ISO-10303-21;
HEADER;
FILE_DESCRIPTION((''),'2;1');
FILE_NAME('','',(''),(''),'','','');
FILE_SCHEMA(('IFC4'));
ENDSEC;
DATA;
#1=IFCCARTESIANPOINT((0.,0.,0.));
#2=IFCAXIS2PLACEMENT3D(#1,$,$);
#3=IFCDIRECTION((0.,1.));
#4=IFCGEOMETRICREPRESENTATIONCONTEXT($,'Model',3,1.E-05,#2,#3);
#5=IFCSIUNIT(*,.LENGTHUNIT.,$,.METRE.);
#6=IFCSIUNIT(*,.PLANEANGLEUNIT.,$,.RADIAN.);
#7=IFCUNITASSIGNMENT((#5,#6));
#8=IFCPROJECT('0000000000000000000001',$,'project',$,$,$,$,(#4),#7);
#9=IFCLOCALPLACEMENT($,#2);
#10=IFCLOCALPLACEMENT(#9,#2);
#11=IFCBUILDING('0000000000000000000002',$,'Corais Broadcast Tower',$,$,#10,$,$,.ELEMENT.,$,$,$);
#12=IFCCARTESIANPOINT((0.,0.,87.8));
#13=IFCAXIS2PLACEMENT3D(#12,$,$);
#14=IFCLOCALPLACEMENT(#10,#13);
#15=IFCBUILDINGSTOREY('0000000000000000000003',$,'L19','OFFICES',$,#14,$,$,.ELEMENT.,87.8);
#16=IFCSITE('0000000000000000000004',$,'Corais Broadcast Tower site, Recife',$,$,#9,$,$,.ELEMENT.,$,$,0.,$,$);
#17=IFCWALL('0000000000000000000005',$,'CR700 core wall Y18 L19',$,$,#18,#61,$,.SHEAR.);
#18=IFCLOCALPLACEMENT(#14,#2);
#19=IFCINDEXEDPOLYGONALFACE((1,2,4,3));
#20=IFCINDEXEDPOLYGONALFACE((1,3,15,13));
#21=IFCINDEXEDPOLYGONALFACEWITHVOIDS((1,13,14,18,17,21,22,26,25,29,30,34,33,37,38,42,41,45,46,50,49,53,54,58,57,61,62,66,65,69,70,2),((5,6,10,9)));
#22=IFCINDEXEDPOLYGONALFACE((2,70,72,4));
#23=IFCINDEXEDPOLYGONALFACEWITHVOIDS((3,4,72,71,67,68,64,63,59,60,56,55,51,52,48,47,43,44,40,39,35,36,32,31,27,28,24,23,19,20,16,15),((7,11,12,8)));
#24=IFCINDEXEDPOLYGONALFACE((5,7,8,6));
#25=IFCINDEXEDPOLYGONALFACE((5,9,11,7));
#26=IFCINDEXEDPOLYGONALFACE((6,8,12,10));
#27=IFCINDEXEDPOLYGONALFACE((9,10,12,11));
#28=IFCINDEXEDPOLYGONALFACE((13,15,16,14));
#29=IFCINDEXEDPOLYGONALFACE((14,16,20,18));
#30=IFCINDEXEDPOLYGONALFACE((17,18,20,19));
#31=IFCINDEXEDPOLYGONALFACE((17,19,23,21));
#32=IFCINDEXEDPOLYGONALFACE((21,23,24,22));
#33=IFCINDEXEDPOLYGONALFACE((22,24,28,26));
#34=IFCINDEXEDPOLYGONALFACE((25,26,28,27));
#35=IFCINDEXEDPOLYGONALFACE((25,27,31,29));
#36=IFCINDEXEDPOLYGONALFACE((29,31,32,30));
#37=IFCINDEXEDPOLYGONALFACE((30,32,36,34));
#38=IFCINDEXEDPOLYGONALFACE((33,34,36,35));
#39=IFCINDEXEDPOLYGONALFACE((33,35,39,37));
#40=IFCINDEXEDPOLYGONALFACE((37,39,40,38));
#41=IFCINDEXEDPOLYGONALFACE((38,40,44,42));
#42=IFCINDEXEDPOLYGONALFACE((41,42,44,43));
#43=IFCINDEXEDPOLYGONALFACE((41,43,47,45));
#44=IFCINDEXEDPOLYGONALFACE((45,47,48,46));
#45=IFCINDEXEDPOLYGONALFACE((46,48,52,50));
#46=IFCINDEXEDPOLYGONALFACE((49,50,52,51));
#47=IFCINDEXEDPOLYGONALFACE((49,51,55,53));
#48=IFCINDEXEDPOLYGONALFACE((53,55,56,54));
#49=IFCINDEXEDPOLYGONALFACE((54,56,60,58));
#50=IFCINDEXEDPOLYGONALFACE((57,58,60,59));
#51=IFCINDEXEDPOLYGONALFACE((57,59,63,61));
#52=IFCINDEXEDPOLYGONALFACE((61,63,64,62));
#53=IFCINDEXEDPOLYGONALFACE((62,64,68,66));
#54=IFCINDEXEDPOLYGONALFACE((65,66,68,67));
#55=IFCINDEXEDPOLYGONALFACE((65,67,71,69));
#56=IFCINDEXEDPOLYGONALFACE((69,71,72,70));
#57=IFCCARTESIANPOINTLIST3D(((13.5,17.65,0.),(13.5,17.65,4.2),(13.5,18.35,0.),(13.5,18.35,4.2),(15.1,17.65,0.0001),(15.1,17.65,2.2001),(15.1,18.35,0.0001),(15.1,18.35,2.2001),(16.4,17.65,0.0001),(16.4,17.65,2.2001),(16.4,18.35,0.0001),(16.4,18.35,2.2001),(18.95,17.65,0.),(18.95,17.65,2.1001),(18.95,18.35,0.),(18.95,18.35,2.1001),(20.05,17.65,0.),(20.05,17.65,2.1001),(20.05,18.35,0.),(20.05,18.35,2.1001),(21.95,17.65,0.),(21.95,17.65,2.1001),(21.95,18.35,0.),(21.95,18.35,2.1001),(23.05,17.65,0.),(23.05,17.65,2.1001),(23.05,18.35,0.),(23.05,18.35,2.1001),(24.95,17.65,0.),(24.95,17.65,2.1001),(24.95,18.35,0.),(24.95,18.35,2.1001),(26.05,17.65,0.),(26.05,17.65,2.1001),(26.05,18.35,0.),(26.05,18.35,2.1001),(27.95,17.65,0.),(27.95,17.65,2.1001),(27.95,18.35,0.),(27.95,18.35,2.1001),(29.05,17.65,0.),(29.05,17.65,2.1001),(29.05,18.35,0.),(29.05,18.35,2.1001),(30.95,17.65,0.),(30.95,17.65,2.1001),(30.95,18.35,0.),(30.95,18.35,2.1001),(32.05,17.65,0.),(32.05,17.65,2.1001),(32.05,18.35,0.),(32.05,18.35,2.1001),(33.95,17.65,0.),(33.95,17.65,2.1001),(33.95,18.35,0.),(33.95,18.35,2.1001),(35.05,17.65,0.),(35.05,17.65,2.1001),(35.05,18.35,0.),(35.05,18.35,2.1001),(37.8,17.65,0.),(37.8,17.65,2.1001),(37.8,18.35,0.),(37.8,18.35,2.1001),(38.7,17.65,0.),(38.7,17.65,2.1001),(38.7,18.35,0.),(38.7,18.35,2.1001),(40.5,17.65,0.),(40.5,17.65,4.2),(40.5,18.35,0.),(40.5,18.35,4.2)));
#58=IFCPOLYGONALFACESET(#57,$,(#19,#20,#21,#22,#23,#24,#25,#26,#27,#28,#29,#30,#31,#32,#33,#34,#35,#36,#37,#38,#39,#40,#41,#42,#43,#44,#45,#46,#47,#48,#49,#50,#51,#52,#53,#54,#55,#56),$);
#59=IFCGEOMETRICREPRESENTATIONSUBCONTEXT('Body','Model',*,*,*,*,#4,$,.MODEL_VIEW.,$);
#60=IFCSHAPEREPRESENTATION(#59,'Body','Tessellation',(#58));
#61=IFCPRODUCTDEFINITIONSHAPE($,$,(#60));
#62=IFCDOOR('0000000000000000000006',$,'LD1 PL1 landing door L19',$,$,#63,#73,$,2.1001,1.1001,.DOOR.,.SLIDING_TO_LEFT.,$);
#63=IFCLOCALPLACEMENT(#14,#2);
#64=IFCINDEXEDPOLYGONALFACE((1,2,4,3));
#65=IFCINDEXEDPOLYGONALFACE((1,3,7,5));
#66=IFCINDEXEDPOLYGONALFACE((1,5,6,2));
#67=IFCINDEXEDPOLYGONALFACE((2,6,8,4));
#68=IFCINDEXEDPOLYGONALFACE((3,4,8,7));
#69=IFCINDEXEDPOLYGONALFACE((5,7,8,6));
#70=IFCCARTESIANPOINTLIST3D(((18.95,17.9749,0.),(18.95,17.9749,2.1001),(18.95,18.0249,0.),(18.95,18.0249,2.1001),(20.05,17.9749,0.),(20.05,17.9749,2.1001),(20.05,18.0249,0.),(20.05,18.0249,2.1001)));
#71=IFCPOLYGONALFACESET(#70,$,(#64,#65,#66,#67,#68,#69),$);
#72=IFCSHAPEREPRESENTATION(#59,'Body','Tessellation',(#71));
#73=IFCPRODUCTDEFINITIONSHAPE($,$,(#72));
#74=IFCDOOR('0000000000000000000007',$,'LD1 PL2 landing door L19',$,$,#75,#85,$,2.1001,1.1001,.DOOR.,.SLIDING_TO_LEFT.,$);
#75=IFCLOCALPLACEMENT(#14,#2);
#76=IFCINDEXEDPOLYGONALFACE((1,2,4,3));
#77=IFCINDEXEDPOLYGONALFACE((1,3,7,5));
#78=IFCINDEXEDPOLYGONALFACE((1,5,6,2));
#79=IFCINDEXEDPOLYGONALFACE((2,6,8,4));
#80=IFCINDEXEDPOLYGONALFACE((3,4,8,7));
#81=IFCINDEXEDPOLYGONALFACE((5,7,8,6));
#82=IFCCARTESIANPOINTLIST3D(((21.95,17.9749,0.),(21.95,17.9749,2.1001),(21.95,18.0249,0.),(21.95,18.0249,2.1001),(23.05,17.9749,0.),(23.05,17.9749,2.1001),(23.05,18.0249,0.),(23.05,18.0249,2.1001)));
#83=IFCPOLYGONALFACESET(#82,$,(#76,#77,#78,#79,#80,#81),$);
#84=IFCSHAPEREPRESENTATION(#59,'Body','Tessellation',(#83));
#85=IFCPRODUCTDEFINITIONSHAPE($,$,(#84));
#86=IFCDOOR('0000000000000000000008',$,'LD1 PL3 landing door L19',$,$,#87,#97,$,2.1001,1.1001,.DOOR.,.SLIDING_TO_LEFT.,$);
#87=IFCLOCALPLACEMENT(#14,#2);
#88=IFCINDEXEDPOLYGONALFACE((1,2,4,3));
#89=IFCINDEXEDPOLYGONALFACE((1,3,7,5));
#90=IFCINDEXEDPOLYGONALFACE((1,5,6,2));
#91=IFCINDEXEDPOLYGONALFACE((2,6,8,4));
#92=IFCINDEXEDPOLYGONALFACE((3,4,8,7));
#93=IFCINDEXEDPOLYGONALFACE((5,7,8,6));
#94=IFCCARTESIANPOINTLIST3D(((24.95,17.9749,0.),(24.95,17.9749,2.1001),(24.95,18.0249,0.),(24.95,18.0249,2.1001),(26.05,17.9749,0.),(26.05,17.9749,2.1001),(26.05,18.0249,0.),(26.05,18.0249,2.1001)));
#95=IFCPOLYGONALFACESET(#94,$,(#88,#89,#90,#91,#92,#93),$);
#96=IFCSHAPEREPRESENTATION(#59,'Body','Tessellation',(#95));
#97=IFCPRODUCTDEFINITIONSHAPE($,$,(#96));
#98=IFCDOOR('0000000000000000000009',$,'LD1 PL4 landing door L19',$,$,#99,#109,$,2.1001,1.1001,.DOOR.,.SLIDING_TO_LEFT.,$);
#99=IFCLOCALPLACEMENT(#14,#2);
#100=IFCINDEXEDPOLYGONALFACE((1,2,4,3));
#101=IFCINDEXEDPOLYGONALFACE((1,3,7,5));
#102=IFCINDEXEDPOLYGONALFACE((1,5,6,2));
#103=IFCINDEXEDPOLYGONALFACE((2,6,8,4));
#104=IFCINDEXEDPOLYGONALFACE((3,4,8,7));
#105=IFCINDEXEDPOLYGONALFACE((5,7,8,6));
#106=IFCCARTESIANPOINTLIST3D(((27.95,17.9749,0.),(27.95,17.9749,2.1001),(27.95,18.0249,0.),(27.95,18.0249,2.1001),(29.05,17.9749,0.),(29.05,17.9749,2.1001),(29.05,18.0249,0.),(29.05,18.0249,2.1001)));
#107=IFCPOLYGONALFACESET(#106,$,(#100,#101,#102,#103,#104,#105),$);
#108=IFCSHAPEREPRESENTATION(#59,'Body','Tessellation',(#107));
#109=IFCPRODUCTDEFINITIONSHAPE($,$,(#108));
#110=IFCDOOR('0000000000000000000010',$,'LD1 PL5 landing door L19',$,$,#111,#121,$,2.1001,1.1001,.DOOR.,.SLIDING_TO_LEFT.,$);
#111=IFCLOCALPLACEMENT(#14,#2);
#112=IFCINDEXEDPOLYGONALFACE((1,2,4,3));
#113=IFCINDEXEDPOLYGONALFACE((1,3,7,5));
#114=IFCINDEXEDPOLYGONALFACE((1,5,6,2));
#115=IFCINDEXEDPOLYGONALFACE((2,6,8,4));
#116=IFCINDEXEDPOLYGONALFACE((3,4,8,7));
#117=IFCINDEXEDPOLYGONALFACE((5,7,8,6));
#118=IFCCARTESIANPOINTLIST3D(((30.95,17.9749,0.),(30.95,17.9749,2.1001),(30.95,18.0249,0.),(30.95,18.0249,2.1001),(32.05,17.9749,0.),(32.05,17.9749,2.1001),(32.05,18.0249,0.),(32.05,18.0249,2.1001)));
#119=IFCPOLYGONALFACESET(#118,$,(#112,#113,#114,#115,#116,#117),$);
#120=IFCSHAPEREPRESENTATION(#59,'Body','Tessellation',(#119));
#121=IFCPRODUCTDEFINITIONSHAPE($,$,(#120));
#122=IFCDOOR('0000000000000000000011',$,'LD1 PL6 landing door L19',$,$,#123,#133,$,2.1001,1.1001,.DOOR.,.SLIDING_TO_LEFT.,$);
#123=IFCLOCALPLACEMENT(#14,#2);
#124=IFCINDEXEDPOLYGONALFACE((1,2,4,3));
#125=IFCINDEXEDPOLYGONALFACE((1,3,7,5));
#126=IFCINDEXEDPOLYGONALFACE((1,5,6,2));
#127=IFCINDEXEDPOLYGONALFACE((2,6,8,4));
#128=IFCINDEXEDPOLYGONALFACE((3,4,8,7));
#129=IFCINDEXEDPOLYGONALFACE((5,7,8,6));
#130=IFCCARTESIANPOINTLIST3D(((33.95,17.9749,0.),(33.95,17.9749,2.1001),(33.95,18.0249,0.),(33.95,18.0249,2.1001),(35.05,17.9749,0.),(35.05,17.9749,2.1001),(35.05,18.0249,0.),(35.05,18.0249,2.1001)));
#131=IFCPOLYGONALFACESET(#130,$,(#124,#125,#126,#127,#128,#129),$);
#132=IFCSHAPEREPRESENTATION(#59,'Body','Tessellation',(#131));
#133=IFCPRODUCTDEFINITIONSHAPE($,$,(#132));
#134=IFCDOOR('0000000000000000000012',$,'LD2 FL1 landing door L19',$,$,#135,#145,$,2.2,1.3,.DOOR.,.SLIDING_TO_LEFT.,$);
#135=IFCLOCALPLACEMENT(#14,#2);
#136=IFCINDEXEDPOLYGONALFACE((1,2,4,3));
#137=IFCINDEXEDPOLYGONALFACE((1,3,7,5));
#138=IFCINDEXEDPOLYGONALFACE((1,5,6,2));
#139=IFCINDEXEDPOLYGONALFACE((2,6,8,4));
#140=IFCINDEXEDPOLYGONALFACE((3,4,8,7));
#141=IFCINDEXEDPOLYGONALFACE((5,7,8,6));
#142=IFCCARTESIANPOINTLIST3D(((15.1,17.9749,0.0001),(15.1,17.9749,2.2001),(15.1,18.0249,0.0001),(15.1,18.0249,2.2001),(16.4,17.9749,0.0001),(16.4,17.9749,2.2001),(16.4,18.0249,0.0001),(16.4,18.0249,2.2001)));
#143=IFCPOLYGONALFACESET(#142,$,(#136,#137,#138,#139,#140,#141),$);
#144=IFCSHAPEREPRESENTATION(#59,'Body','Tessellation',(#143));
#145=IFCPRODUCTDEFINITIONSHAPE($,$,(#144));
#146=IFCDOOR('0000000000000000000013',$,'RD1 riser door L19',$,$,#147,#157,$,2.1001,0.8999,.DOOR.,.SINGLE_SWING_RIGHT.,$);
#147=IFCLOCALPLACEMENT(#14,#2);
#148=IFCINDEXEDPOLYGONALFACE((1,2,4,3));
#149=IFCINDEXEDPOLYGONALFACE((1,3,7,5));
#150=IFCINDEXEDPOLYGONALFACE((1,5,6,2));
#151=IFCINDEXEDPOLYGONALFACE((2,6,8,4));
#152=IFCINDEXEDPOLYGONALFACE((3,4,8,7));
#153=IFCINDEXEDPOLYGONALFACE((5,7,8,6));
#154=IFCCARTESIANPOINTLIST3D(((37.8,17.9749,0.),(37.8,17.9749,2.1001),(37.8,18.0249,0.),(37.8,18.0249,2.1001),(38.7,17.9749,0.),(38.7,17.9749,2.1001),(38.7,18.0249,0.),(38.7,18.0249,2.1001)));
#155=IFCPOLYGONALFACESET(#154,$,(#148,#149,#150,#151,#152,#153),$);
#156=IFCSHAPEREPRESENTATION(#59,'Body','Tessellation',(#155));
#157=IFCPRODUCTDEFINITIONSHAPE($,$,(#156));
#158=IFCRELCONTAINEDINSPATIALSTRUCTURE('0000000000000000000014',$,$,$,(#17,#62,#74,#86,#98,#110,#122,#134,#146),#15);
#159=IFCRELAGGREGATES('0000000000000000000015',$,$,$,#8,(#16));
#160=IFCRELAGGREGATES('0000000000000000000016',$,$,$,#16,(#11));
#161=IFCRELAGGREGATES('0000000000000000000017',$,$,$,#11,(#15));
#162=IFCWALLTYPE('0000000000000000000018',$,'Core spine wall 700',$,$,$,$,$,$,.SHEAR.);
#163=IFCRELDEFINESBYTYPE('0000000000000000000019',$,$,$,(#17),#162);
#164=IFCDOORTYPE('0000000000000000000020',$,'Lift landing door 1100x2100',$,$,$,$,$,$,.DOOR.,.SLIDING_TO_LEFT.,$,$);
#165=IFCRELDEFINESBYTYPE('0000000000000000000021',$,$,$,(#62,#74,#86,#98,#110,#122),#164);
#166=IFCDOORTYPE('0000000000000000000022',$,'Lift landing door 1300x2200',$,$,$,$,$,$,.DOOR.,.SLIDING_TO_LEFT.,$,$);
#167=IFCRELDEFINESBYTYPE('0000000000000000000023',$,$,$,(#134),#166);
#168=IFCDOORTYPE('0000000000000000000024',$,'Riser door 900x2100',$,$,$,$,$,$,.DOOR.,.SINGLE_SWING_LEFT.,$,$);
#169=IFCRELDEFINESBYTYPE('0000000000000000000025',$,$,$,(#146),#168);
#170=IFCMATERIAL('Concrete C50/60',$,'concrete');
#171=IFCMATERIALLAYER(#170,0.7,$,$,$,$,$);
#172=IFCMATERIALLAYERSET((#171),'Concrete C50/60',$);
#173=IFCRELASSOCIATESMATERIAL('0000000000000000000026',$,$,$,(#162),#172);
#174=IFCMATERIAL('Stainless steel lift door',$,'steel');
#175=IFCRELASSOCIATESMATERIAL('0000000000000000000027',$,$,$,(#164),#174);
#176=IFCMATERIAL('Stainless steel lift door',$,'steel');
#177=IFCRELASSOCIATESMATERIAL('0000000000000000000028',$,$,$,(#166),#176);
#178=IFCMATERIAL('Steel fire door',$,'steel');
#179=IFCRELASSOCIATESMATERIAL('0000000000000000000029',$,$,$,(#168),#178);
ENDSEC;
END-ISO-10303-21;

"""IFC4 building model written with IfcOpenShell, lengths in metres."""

from ifc_helpers import new_model, si_unit, direction, frame, frame_2d, origin, place, context, subcontext, project, spatial, rectangle, extrude, material, layer, layer_set, type_object, element, fill, save


model = new_model("IFC4")

# Units and contexts
model_context = context("Model", 3, precision=1e-05, world=origin(), true_north=direction((0.0, 1.0)))
body_context = subcontext(model_context, "Body", "Model", "MODEL_VIEW")
ifc_project = project(units=[si_unit("LENGTHUNIT", "METRE"), si_unit("PLANEANGLEUNIT", "RADIAN")], contexts=[model_context])

# Site, building, storey
site_placement = place(None, origin())
site = spatial("IfcSite", under=ifc_project, at=site_placement, Name="Corais Broadcast Tower site, Recife", CompositionType="ELEMENT", RefElevation=0.0)
building_placement = place(site_placement, origin())
building = spatial("IfcBuilding", under=site, at=building_placement, Name="Corais Broadcast Tower", CompositionType="ELEMENT")
storey_placement = place(building_placement, frame((0.0, 0.0, 87.8)))
storey = spatial("IfcBuildingStorey", under=building, at=storey_placement, Name="L19", Description="OFFICES", CompositionType="ELEMENT", Elevation=87.8)

# Shared definitions
ifc_material_1 = material(Name="Concrete C50/60", Category="concrete")
ifc_layer_1 = layer(ifc_material_1, 0.7)
ifc_layer_set_1 = layer_set([ifc_layer_1], Name="Concrete C50/60")
wall_type_1 = type_object("IfcWallType", Name="Core spine wall 700", PredefinedType="SHEAR", material=ifc_layer_set_1)

# Wall, openings, doors
wall_1_placement = place(storey_placement, frame((13.5, 18.0, 0.0), z_axis=(0.0, 0.0, 1.0), x_axis=(1.0, 0.0, 0.0)))
wall_1 = element("IfcWall", 1, at=wall_1_placement, inside=storey, type_object=wall_type_1, Name="CR700 core wall Y18 L19", PredefinedType="SHEAR", context=body_context, shape_type="SweptSolid", body=[
    extrude(rectangle(XDim=27.0, YDim=0.7, at=frame_2d((13.5, 0.0))), origin(), (0.0, 0.0, 1.0), 4.2),
])
opening_1_placement = place(wall_1_placement, frame((24.3, 0.0, 0.0)))
opening_1 = element("IfcOpeningElement", 2, at=opening_1_placement, cuts=wall_1, PredefinedType="OPENING", context=body_context, shape_type="SweptSolid", body=[
    extrude(rectangle(XDim=0.8999, YDim=2.1001, at=frame_2d((0.45, 1.05))), frame((0.0, 0.3599, 0.0), z_axis=(0.0, -1.0, 0.0), x_axis=(1.0, 0.0, 0.0)), (0.0, 0.0, 1.0), 0.72),
])
opening_2_placement = place(wall_1_placement, frame((5.45, 0.0, 0.0)))
opening_2 = element("IfcOpeningElement", 3, at=opening_2_placement, cuts=wall_1, PredefinedType="OPENING", context=body_context, shape_type="SweptSolid", body=[
    extrude(rectangle(XDim=1.1001, YDim=2.1001, at=frame_2d((0.55, 1.05))), frame((0.0, 0.3599, 0.0), z_axis=(0.0, -1.0, 0.0), x_axis=(1.0, 0.0, 0.0)), (0.0, 0.0, 1.0), 0.72),
])
opening_3_placement = place(wall_1_placement, frame((8.45, 0.0, 0.0)))
opening_3 = element("IfcOpeningElement", 4, at=opening_3_placement, cuts=wall_1, PredefinedType="OPENING", context=body_context, shape_type="SweptSolid", body=[
    extrude(rectangle(XDim=1.1001, YDim=2.1001, at=frame_2d((0.55, 1.05))), frame((0.0, 0.3599, 0.0), z_axis=(0.0, -1.0, 0.0), x_axis=(1.0, 0.0, 0.0)), (0.0, 0.0, 1.0), 0.72),
])
opening_4_placement = place(wall_1_placement, frame((11.45, 0.0, 0.0)))
opening_4 = element("IfcOpeningElement", 5, at=opening_4_placement, cuts=wall_1, PredefinedType="OPENING", context=body_context, shape_type="SweptSolid", body=[
    extrude(rectangle(XDim=1.1001, YDim=2.1001, at=frame_2d((0.55, 1.05))), frame((0.0, 0.3599, 0.0), z_axis=(0.0, -1.0, 0.0), x_axis=(1.0, 0.0, 0.0)), (0.0, 0.0, 1.0), 0.72),
])
opening_5_placement = place(wall_1_placement, frame((14.45, 0.0, 0.0)))
opening_5 = element("IfcOpeningElement", 6, at=opening_5_placement, cuts=wall_1, PredefinedType="OPENING", context=body_context, shape_type="SweptSolid", body=[
    extrude(rectangle(XDim=1.1001, YDim=2.1001, at=frame_2d((0.55, 1.05))), frame((0.0, 0.3599, 0.0), z_axis=(0.0, -1.0, 0.0), x_axis=(1.0, 0.0, 0.0)), (0.0, 0.0, 1.0), 0.72),
])
opening_6_placement = place(wall_1_placement, frame((17.45, 0.0, 0.0)))
opening_6 = element("IfcOpeningElement", 7, at=opening_6_placement, cuts=wall_1, PredefinedType="OPENING", context=body_context, shape_type="SweptSolid", body=[
    extrude(rectangle(XDim=1.1001, YDim=2.1001, at=frame_2d((0.55, 1.05))), frame((0.0, 0.3599, 0.0), z_axis=(0.0, -1.0, 0.0), x_axis=(1.0, 0.0, 0.0)), (0.0, 0.0, 1.0), 0.72),
])
opening_7_placement = place(wall_1_placement, frame((20.45, 0.0, 0.0)))
opening_7 = element("IfcOpeningElement", 8, at=opening_7_placement, cuts=wall_1, PredefinedType="OPENING", context=body_context, shape_type="SweptSolid", body=[
    extrude(rectangle(XDim=1.1001, YDim=2.1001, at=frame_2d((0.55, 1.05))), frame((0.0, 0.3599, 0.0), z_axis=(0.0, -1.0, 0.0), x_axis=(1.0, 0.0, 0.0)), (0.0, 0.0, 1.0), 0.72),
])
opening_8_placement = place(wall_1_placement, frame((1.6001, 0.0, 0.0)))
opening_8 = element("IfcOpeningElement", 9, at=opening_8_placement, cuts=wall_1, PredefinedType="OPENING", context=body_context, shape_type="SweptSolid", body=[
    extrude(rectangle(XDim=1.3, YDim=2.2, at=frame_2d((0.6499, 1.1001))), frame((0.0, 0.3599, 0.0), z_axis=(0.0, -1.0, 0.0), x_axis=(1.0, 0.0, 0.0)), (0.0, 0.0, 1.0), 0.72),
])
ifc_material_2 = material(Name="Stainless steel lift door", Category="steel")
door_type_1 = type_object("IfcDoorType", Name="Lift landing door 1100x2100", OperationType="SLIDING_TO_LEFT", PredefinedType="DOOR", material=ifc_material_2)
door_1_placement = place(opening_2_placement, origin())
door_1 = element("IfcDoor", 10, at=door_1_placement, inside=storey, type_object=door_type_1, Name="LD1 PL1 landing door L19", OperationType="SLIDING_TO_LEFT", OverallHeight=2.1001, OverallWidth=1.1001, PredefinedType="DOOR", context=body_context, shape_type="SweptSolid", body=[
    extrude(rectangle(XDim=1.1001, YDim=2.1001, at=frame_2d((0.55, 1.05))), frame((0.0, 0.0249, 0.0), z_axis=(0.0, -1.0, 0.0), x_axis=(1.0, 0.0, 0.0)), (0.0, 0.0, 1.0), 0.05),
])
fill(opening_2, door_1)
door_2_placement = place(opening_3_placement, origin())
door_2 = element("IfcDoor", 11, at=door_2_placement, inside=storey, type_object=door_type_1, Name="LD1 PL2 landing door L19", OperationType="SLIDING_TO_LEFT", OverallHeight=2.1001, OverallWidth=1.1001, PredefinedType="DOOR", context=body_context, shape_type="SweptSolid", body=[
    extrude(rectangle(XDim=1.1001, YDim=2.1001, at=frame_2d((0.55, 1.05))), frame((0.0, 0.0249, 0.0), z_axis=(0.0, -1.0, 0.0), x_axis=(1.0, 0.0, 0.0)), (0.0, 0.0, 1.0), 0.05),
])
fill(opening_3, door_2)
door_3_placement = place(opening_4_placement, origin())
door_3 = element("IfcDoor", 12, at=door_3_placement, inside=storey, type_object=door_type_1, Name="LD1 PL3 landing door L19", OperationType="SLIDING_TO_LEFT", OverallHeight=2.1001, OverallWidth=1.1001, PredefinedType="DOOR", context=body_context, shape_type="SweptSolid", body=[
    extrude(rectangle(XDim=1.1001, YDim=2.1001, at=frame_2d((0.55, 1.05))), frame((0.0, 0.0249, 0.0), z_axis=(0.0, -1.0, 0.0), x_axis=(1.0, 0.0, 0.0)), (0.0, 0.0, 1.0), 0.05),
])
fill(opening_4, door_3)
door_4_placement = place(opening_5_placement, origin())
door_4 = element("IfcDoor", 13, at=door_4_placement, inside=storey, type_object=door_type_1, Name="LD1 PL4 landing door L19", OperationType="SLIDING_TO_LEFT", OverallHeight=2.1001, OverallWidth=1.1001, PredefinedType="DOOR", context=body_context, shape_type="SweptSolid", body=[
    extrude(rectangle(XDim=1.1001, YDim=2.1001, at=frame_2d((0.55, 1.05))), frame((0.0, 0.0249, 0.0), z_axis=(0.0, -1.0, 0.0), x_axis=(1.0, 0.0, 0.0)), (0.0, 0.0, 1.0), 0.05),
])
fill(opening_5, door_4)
door_5_placement = place(opening_6_placement, origin())
door_5 = element("IfcDoor", 14, at=door_5_placement, inside=storey, type_object=door_type_1, Name="LD1 PL5 landing door L19", OperationType="SLIDING_TO_LEFT", OverallHeight=2.1001, OverallWidth=1.1001, PredefinedType="DOOR", context=body_context, shape_type="SweptSolid", body=[
    extrude(rectangle(XDim=1.1001, YDim=2.1001, at=frame_2d((0.55, 1.05))), frame((0.0, 0.0249, 0.0), z_axis=(0.0, -1.0, 0.0), x_axis=(1.0, 0.0, 0.0)), (0.0, 0.0, 1.0), 0.05),
])
fill(opening_6, door_5)
door_6_placement = place(opening_7_placement, origin())
door_6 = element("IfcDoor", 15, at=door_6_placement, inside=storey, type_object=door_type_1, Name="LD1 PL6 landing door L19", OperationType="SLIDING_TO_LEFT", OverallHeight=2.1001, OverallWidth=1.1001, PredefinedType="DOOR", context=body_context, shape_type="SweptSolid", body=[
    extrude(rectangle(XDim=1.1001, YDim=2.1001, at=frame_2d((0.55, 1.05))), frame((0.0, 0.0249, 0.0), z_axis=(0.0, -1.0, 0.0), x_axis=(1.0, 0.0, 0.0)), (0.0, 0.0, 1.0), 0.05),
])
fill(opening_7, door_6)
ifc_material_3 = material(Name="Stainless steel lift door", Category="steel")
door_type_2 = type_object("IfcDoorType", Name="Lift landing door 1300x2200", OperationType="SLIDING_TO_LEFT", PredefinedType="DOOR", material=ifc_material_3)
door_7_placement = place(opening_8_placement, origin())
door_7 = element("IfcDoor", 16, at=door_7_placement, inside=storey, type_object=door_type_2, Name="LD2 FL1 landing door L19", OperationType="SLIDING_TO_LEFT", OverallHeight=2.2, OverallWidth=1.3, PredefinedType="DOOR", context=body_context, shape_type="SweptSolid", body=[
    extrude(rectangle(XDim=1.3, YDim=2.2, at=frame_2d((0.6499, 1.1001))), frame((0.0, 0.0249, 0.0), z_axis=(0.0, -1.0, 0.0), x_axis=(1.0, 0.0, 0.0)), (0.0, 0.0, 1.0), 0.05),
])
fill(opening_8, door_7)
ifc_material_4 = material(Name="Steel fire door", Category="steel")
door_type_3 = type_object("IfcDoorType", Name="Riser door 900x2100", OperationType="SINGLE_SWING_LEFT", PredefinedType="DOOR", material=ifc_material_4)
door_8_placement = place(opening_1_placement, origin())
door_8 = element("IfcDoor", 17, at=door_8_placement, inside=storey, type_object=door_type_3, Name="RD1 riser door L19", OperationType="SINGLE_SWING_RIGHT", OverallHeight=2.1001, OverallWidth=0.8999, PredefinedType="DOOR", context=body_context, shape_type="SweptSolid", body=[
    extrude(rectangle(XDim=0.8999, YDim=2.1001, at=frame_2d((0.45, 1.05))), frame((0.0, 0.0249, 0.0), z_axis=(0.0, -1.0, 0.0), x_axis=(1.0, 0.0, 0.0)), (0.0, 0.0, 1.0), 0.05),
])
fill(opening_1, door_8)

save(model, "model.ifc")
